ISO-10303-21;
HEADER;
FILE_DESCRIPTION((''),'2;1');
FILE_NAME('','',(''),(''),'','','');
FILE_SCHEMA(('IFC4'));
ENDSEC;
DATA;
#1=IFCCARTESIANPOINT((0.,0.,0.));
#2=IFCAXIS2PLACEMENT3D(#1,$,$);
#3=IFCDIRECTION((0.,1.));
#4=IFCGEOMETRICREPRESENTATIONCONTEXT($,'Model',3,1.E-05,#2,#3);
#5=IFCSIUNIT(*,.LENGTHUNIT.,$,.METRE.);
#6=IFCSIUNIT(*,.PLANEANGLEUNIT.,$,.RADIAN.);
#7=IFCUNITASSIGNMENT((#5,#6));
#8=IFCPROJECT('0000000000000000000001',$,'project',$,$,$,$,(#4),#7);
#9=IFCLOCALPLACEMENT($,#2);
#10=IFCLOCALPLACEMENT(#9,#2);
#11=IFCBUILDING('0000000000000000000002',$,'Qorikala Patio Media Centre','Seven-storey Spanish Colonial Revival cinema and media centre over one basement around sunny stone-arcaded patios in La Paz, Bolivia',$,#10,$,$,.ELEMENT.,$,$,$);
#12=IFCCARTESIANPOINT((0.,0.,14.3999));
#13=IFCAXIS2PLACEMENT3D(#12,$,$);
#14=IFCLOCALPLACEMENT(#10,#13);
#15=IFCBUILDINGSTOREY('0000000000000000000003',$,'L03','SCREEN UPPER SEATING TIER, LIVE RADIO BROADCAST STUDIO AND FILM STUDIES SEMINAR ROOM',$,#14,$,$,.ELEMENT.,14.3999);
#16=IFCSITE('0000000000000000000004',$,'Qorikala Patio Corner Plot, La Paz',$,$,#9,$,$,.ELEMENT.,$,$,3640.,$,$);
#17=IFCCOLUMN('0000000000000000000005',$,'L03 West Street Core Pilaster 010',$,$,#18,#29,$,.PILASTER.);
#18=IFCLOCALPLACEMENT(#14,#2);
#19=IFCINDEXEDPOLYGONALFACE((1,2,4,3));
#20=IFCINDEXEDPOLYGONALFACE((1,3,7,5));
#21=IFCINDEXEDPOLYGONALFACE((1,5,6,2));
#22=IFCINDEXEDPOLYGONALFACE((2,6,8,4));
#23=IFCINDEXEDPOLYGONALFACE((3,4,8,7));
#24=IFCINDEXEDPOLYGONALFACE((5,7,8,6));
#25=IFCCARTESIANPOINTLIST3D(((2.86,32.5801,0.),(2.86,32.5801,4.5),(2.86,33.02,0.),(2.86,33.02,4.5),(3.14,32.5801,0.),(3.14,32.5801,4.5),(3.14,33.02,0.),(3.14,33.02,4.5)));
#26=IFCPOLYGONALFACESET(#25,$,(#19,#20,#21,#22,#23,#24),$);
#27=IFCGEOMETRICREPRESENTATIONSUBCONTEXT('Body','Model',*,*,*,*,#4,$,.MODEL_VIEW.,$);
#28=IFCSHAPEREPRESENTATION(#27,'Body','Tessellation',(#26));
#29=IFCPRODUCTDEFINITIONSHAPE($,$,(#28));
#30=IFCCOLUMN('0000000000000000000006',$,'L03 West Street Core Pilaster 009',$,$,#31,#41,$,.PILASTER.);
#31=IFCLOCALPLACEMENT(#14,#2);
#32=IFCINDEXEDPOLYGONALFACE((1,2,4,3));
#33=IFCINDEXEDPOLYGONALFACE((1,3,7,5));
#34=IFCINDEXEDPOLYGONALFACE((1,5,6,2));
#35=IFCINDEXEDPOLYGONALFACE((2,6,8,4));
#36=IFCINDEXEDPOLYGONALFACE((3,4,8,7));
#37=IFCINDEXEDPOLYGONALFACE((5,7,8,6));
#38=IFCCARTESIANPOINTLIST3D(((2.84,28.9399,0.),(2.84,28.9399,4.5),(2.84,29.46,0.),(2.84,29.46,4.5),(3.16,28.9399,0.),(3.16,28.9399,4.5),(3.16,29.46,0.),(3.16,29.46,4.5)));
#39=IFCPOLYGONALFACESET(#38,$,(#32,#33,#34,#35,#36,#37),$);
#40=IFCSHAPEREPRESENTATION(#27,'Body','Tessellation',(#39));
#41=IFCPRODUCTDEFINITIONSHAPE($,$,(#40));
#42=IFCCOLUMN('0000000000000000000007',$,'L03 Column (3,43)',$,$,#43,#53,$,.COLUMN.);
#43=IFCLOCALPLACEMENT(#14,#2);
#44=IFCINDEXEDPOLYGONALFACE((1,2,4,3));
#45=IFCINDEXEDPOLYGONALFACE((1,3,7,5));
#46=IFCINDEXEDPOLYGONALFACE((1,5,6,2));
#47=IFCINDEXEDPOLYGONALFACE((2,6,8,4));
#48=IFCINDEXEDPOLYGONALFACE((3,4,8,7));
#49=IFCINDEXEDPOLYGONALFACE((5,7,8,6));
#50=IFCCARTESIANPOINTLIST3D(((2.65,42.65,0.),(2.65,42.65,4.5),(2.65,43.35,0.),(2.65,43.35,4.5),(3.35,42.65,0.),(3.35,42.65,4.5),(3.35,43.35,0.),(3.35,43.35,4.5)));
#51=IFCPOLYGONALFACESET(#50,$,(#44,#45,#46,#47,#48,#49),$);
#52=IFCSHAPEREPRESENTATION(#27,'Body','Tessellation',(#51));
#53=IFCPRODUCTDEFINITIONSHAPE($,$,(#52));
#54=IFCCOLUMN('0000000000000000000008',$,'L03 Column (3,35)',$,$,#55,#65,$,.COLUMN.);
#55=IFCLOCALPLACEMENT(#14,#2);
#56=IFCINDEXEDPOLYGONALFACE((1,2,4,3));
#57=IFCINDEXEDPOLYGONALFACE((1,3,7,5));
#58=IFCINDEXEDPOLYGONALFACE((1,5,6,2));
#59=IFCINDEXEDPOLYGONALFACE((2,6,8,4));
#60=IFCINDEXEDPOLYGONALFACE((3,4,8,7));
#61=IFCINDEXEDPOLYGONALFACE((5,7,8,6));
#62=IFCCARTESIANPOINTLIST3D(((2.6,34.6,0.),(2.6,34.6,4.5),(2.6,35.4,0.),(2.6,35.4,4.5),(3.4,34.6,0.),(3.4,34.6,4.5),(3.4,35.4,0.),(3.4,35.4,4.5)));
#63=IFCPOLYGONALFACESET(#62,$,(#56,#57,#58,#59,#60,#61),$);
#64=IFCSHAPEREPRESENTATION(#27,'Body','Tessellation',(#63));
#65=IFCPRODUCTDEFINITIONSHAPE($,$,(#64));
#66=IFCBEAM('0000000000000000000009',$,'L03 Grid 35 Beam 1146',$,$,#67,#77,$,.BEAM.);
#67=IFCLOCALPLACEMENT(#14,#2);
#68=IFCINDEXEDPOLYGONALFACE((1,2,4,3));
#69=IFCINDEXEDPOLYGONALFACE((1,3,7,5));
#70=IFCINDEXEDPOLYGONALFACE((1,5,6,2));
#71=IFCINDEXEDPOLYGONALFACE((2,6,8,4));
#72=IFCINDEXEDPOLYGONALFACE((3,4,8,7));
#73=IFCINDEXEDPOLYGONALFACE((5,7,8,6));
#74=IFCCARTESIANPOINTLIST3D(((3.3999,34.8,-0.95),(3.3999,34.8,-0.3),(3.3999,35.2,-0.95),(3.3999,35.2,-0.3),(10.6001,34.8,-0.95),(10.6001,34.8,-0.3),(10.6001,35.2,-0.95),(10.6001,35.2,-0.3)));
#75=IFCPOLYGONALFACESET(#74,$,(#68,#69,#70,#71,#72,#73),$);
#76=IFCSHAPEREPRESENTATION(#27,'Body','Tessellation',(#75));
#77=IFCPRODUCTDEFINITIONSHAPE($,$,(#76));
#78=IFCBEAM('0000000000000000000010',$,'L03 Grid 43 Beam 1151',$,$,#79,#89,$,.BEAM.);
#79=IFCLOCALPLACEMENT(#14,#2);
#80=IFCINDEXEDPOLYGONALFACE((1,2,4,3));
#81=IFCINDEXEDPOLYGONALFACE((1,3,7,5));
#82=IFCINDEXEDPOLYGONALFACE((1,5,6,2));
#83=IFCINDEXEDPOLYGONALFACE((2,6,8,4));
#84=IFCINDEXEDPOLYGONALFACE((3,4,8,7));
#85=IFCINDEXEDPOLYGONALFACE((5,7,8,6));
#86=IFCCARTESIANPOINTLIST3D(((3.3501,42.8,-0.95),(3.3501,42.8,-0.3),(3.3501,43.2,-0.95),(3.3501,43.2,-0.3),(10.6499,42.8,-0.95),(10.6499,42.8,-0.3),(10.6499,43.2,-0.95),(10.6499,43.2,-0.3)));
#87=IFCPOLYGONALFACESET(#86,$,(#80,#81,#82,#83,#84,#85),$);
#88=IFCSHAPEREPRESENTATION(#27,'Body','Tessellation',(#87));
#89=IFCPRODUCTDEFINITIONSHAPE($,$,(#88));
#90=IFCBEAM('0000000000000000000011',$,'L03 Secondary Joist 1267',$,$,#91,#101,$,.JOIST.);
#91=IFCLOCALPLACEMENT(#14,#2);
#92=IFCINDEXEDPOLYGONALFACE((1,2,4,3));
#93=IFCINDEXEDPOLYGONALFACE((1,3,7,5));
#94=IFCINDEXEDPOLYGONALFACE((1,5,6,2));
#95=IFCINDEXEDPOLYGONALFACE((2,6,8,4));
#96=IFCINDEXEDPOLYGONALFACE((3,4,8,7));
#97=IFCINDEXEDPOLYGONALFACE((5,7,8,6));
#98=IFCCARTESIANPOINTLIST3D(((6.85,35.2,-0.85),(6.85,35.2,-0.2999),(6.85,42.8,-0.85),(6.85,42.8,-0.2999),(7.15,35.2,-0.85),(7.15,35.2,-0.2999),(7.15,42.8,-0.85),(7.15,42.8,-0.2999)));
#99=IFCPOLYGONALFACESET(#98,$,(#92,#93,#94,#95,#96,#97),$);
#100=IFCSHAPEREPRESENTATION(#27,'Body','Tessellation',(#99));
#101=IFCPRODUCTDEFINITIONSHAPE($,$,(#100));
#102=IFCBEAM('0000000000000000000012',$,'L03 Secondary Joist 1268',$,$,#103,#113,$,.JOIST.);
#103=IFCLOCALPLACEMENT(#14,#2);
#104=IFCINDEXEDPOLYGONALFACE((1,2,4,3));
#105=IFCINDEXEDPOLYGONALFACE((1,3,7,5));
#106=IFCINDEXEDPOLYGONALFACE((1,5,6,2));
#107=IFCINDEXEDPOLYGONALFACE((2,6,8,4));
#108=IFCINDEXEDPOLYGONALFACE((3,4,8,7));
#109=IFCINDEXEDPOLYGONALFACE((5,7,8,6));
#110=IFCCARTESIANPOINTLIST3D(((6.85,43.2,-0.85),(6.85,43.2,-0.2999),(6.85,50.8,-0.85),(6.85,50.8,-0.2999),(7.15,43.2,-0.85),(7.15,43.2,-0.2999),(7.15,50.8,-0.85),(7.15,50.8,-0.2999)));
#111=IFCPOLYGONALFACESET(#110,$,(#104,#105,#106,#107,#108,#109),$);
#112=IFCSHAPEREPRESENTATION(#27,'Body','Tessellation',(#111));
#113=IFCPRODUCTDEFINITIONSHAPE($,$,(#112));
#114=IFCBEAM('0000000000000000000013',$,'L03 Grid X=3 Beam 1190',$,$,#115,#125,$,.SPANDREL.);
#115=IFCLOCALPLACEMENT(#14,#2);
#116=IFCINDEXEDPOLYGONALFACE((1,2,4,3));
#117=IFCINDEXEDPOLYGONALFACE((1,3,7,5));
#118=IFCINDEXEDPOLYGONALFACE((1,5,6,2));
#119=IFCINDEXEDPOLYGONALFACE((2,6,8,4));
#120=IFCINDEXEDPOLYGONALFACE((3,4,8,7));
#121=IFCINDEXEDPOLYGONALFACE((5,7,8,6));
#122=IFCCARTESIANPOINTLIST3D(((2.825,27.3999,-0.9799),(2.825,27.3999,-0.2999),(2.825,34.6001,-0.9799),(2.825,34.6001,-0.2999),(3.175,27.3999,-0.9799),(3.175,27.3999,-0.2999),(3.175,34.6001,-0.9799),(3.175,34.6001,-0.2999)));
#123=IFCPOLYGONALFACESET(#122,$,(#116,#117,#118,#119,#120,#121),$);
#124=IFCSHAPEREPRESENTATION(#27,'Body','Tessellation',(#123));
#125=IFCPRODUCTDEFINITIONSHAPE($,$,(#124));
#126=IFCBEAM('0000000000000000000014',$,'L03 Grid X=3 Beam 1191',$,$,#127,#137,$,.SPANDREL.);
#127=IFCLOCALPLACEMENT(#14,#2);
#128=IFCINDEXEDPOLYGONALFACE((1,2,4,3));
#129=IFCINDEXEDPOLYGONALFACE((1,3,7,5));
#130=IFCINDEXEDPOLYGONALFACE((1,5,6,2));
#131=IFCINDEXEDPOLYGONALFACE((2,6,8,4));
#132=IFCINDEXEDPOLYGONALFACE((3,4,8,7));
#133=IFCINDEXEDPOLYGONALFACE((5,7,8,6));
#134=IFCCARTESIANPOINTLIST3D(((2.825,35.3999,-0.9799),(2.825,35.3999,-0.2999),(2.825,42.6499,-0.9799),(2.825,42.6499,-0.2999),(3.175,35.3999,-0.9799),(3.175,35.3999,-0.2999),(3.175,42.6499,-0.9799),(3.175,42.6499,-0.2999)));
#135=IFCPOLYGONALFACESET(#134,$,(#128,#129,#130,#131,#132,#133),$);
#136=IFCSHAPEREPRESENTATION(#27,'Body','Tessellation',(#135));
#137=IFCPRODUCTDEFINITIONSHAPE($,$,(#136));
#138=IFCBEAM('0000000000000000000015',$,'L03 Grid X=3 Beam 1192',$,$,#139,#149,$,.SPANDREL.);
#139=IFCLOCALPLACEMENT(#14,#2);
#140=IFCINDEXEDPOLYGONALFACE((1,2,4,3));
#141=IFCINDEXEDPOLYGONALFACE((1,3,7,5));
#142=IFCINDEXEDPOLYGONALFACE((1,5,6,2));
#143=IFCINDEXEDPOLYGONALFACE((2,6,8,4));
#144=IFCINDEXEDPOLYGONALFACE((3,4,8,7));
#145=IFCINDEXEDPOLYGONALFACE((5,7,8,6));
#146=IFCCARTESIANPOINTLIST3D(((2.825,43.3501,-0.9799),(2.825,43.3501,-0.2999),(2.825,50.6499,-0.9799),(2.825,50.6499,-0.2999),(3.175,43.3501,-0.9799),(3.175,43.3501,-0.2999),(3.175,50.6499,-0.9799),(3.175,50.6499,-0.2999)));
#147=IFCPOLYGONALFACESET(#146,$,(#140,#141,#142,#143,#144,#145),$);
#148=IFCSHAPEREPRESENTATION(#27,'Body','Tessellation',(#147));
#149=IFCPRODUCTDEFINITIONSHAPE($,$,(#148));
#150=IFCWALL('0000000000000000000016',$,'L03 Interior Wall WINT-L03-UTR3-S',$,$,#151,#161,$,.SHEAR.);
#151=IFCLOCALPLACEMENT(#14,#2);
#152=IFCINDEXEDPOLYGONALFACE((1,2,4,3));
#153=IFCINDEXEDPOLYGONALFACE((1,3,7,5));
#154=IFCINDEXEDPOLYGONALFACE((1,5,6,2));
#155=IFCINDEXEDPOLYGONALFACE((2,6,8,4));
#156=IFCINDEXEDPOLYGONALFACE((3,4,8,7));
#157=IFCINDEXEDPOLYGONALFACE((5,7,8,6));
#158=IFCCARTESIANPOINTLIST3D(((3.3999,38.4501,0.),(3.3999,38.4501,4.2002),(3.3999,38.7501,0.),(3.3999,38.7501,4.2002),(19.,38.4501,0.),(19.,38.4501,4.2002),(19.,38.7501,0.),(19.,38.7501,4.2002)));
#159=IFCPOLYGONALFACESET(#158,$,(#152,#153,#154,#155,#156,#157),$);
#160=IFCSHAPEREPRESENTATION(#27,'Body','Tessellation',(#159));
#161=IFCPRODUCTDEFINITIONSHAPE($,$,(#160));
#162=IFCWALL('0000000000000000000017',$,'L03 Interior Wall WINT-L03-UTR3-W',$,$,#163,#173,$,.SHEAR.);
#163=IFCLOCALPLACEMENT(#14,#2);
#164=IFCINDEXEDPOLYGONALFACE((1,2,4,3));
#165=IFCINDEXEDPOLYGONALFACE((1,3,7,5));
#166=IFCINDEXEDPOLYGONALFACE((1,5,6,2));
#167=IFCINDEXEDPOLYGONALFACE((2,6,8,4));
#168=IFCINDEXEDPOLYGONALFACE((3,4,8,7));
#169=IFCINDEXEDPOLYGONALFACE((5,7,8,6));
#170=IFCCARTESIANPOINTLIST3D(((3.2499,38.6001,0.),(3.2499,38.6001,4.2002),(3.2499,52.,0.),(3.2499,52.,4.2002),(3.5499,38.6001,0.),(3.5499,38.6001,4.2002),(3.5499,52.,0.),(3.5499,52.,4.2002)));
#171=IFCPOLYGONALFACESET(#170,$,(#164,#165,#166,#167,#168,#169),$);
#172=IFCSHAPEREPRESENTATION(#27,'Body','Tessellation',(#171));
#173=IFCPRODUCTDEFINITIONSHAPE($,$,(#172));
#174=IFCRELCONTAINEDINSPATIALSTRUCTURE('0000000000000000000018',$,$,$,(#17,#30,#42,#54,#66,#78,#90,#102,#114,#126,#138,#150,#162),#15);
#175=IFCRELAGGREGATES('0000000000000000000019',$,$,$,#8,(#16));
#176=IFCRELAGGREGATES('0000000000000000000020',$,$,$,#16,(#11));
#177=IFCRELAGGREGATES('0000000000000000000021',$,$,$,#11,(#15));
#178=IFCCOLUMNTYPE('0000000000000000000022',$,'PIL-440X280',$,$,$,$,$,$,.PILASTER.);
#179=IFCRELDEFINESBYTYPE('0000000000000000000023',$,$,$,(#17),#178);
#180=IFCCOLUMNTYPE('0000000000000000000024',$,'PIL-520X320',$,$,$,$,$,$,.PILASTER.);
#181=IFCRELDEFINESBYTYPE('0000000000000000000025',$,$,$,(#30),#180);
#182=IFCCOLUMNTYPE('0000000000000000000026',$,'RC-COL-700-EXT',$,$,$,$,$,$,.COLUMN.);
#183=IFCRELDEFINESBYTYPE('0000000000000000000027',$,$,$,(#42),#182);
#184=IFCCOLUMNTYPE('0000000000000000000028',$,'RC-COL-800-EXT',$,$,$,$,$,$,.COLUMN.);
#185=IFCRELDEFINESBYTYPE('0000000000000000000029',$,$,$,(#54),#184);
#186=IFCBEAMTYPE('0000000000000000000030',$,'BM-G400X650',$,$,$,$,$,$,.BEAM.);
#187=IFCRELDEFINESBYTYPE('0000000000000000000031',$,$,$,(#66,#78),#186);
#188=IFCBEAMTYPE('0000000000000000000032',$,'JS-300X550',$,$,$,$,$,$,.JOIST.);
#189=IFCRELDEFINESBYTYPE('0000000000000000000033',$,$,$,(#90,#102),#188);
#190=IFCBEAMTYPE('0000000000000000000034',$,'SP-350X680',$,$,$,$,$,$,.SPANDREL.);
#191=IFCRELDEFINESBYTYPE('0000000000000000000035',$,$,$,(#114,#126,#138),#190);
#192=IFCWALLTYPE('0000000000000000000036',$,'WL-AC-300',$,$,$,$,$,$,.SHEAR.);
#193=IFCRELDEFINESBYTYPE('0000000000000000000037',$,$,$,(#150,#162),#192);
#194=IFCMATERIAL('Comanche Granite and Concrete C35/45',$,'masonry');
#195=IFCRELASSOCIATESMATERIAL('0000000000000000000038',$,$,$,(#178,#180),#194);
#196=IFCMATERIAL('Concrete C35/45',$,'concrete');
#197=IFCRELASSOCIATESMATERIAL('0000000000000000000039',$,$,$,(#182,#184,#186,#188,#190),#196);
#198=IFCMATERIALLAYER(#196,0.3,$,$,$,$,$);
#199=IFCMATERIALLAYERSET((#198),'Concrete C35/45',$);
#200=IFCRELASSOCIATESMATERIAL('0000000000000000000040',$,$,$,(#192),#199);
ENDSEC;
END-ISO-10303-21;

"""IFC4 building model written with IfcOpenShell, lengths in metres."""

from ifc_helpers import new_model, si_unit, direction, frame, frame_2d, origin, origin_2d, place, context, subcontext, project, spatial, rectangle, extrude, material, layer, layer_set, material_profile, profile_set, type_object, element, save


model = new_model("IFC4")

# Units and contexts
model_context = context("Model", 3, precision=1e-05, world=origin(), true_north=direction((0.0, 1.0)))
body_context = subcontext(model_context, "Body", "Model", "MODEL_VIEW")
ifc_project = project(units=[si_unit("LENGTHUNIT", "METRE"), si_unit("PLANEANGLEUNIT", "RADIAN")], contexts=[model_context])

# Site, building, storey
site_placement = place(None, origin())
site = spatial("IfcSite", under=ifc_project, at=site_placement, Name="Qorikala Patio Corner Plot, La Paz", CompositionType="ELEMENT", RefElevation=3640.0)
building_placement = place(site_placement, origin())
building = spatial("IfcBuilding", under=site, at=building_placement, Name="Qorikala Patio Media Centre", Description="Seven-storey Spanish Colonial Revival cinema and media centre over one basement around sunny stone-arcaded patios in La Paz, Bolivia", CompositionType="ELEMENT")
storey_placement = place(building_placement, frame((0.0, 0.0, 14.3999)))
storey = spatial("IfcBuildingStorey", under=building, at=storey_placement, Name="L03", Description="SCREEN UPPER SEATING TIER, LIVE RADIO BROADCAST STUDIO AND FILM STUDIES SEMINAR ROOM", CompositionType="ELEMENT", Elevation=14.3999)

# Columns
ifc_material_1 = material(Name="Comanche Granite and Concrete C35/45", Category="masonry")
ifc_material_profile_1 = material_profile(ifc_material_1, rectangle(XDim=0.4399, YDim=0.28, at=origin_2d()), Name="PIL 440x280")
ifc_profile_set_1 = profile_set([ifc_material_profile_1], Name="Comanche Granite and Concrete C35/45")
column_type_1 = type_object("IfcColumnType", Name="PIL-440X280", PredefinedType="PILASTER", material=ifc_profile_set_1)
column_1_placement = place(storey_placement, frame((3.0, 32.8, 0.0), z_axis=(0.0, 0.0, 1.0), x_axis=(0.0, 1.0, 0.0)))
element("IfcColumn", 1, at=column_1_placement, inside=storey, type_object=column_type_1, Name="L03 West Street Core Pilaster 010", PredefinedType="PILASTER", context=body_context, shape_type="SweptSolid", body=[
    extrude(rectangle(XDim=0.4399, YDim=0.28, at=origin_2d()), origin(), (0.0, 0.0, 1.0), 4.5),
])
ifc_material_profile_2 = material_profile(ifc_material_1, rectangle(XDim=0.52, YDim=0.3201, at=origin_2d()), Name="PIL 520x320")
ifc_profile_set_2 = profile_set([ifc_material_profile_2], Name="Comanche Granite and Concrete C35/45")
column_type_2 = type_object("IfcColumnType", Name="PIL-520X320", PredefinedType="PILASTER", material=ifc_profile_set_2)
column_2_placement = place(storey_placement, frame((3.0, 29.2, 0.0), z_axis=(0.0, 0.0, 1.0), x_axis=(0.0, 1.0, 0.0)))
element("IfcColumn", 2, at=column_2_placement, inside=storey, type_object=column_type_2, Name="L03 West Street Core Pilaster 009", PredefinedType="PILASTER", context=body_context, shape_type="SweptSolid", body=[
    extrude(rectangle(XDim=0.52, YDim=0.3201, at=origin_2d()), origin(), (0.0, 0.0, 1.0), 4.5),
])
ifc_material_2 = material(Name="Concrete C35/45", Category="concrete")
ifc_material_profile_3 = material_profile(ifc_material_2, rectangle(XDim=0.7, YDim=0.7, at=origin_2d()), Name="RC 700x700")
ifc_profile_set_3 = profile_set([ifc_material_profile_3], Name="Concrete C35/45")
column_type_3 = type_object("IfcColumnType", Name="RC-COL-700-EXT", PredefinedType="COLUMN", material=ifc_profile_set_3)
column_3_placement = place(storey_placement, frame((3.0, 43.0, 0.0), z_axis=(0.0, 0.0, 1.0), x_axis=(1.0, 0.0, 0.0)))
element("IfcColumn", 3, at=column_3_placement, inside=storey, type_object=column_type_3, Name="L03 Column (3,43)", PredefinedType="COLUMN", context=body_context, shape_type="SweptSolid", body=[
    extrude(rectangle(XDim=0.7, YDim=0.7, at=origin_2d()), origin(), (0.0, 0.0, 1.0), 4.5),
])
ifc_material_profile_4 = material_profile(ifc_material_2, rectangle(XDim=0.8, YDim=0.8, at=origin_2d()), Name="RC 800x800")
ifc_profile_set_4 = profile_set([ifc_material_profile_4], Name="Concrete C35/45")
column_type_4 = type_object("IfcColumnType", Name="RC-COL-800-EXT", PredefinedType="COLUMN", material=ifc_profile_set_4)
column_4_placement = place(storey_placement, frame((3.0, 35.0, 0.0), z_axis=(0.0, 0.0, 1.0), x_axis=(1.0, 0.0, 0.0)))
element("IfcColumn", 4, at=column_4_placement, inside=storey, type_object=column_type_4, Name="L03 Column (3,35)", PredefinedType="COLUMN", context=body_context, shape_type="SweptSolid", body=[
    extrude(rectangle(XDim=0.8, YDim=0.8, at=origin_2d()), origin(), (0.0, 0.0, 1.0), 4.5),
])

# Beams
ifc_material_profile_5 = material_profile(ifc_material_2, rectangle(XDim=0.3999, YDim=0.6499, at=origin_2d()), Name="RC 400x650")
ifc_profile_set_5 = profile_set([ifc_material_profile_5], Name="Concrete C35/45")
beam_type_1 = type_object("IfcBeamType", Name="BM-G400X650", PredefinedType="BEAM", material=ifc_profile_set_5)
beam_1_placement = place(storey_placement, frame((3.3999, 35.0, -0.625), z_axis=(1.0, 0.0, 0.0), x_axis=(0.0, 1.0, 0.0)))
element("IfcBeam", 5, at=beam_1_placement, inside=storey, type_object=beam_type_1, Name="L03 Grid 35 Beam 1146", PredefinedType="BEAM", context=body_context, shape_type="SweptSolid", body=[
    extrude(rectangle(XDim=0.3999, YDim=0.6499, at=origin_2d()), origin(), (0.0, 0.0, 1.0), 7.2002),
])
beam_2_placement = place(storey_placement, frame((3.3501, 43.0, -0.625), z_axis=(1.0, 0.0, 0.0), x_axis=(0.0, 1.0, 0.0)))
element("IfcBeam", 6, at=beam_2_placement, inside=storey, type_object=beam_type_1, Name="L03 Grid 43 Beam 1151", PredefinedType="BEAM", context=body_context, shape_type="SweptSolid", body=[
    extrude(rectangle(XDim=0.3999, YDim=0.6499, at=origin_2d()), origin(), (0.0, 0.0, 1.0), 7.2998),
])
ifc_material_profile_6 = material_profile(ifc_material_2, rectangle(XDim=0.3, YDim=0.55, at=origin_2d()), Name="RC 300x550")
ifc_profile_set_6 = profile_set([ifc_material_profile_6], Name="Concrete C35/45")
beam_type_2 = type_object("IfcBeamType", Name="JS-300X550", PredefinedType="JOIST", material=ifc_profile_set_6)
for number, where, z_axis, x_axis, name in (
    (7, (7.0, 35.2, -0.575), (0.0, 1.0, 0.0), (-1.0, 0.0, 0.0), "L03 Secondary Joist 1267"),
    (8, (7.0, 43.2, -0.575), (0.0, 1.0, 0.0), (-1.0, 0.0, 0.0), "L03 Secondary Joist 1268"),
):
    element("IfcBeam", number, at=place(storey_placement, frame(where, z_axis=z_axis, x_axis=x_axis)), inside=storey, type_object=beam_type_2, Name=name, PredefinedType="JOIST", context=body_context, shape_type="SweptSolid", body=[
        extrude(rectangle(XDim=0.3, YDim=0.55, at=origin_2d()), origin(), (0.0, 0.0, 1.0), 7.6001),
    ])
ifc_material_profile_7 = material_profile(ifc_material_2, rectangle(XDim=0.3501, YDim=0.6799, at=origin_2d()), Name="RC 350x680")
ifc_profile_set_7 = profile_set([ifc_material_profile_7], Name="Concrete C35/45")
beam_type_3 = type_object("IfcBeamType", Name="SP-350X680", PredefinedType="SPANDREL", material=ifc_profile_set_7)
beam_3_placement = place(storey_placement, frame((3.0, 27.3999, -0.6399), z_axis=(0.0, 1.0, 0.0), x_axis=(-1.0, 0.0, 0.0)))
element("IfcBeam", 9, at=beam_3_placement, inside=storey, type_object=beam_type_3, Name="L03 Grid X=3 Beam 1190", PredefinedType="SPANDREL", context=body_context, shape_type="SweptSolid", body=[
    extrude(rectangle(XDim=0.3501, YDim=0.6799, at=origin_2d()), origin(), (0.0, 0.0, 1.0), 7.2002),
])
beam_4_placement = place(storey_placement, frame((3.0, 35.3999, -0.6399), z_axis=(0.0, 1.0, 0.0), x_axis=(-1.0, 0.0, 0.0)))
element("IfcBeam", 10, at=beam_4_placement, inside=storey, type_object=beam_type_3, Name="L03 Grid X=3 Beam 1191", PredefinedType="SPANDREL", context=body_context, shape_type="SweptSolid", body=[
    extrude(rectangle(XDim=0.3501, YDim=0.6799, at=origin_2d()), origin(), (0.0, 0.0, 1.0), 7.25),
])
beam_5_placement = place(storey_placement, frame((3.0, 43.3501, -0.6399), z_axis=(0.0, 1.0, 0.0), x_axis=(-1.0, 0.0, 0.0)))
element("IfcBeam", 11, at=beam_5_placement, inside=storey, type_object=beam_type_3, Name="L03 Grid X=3 Beam 1192", PredefinedType="SPANDREL", context=body_context, shape_type="SweptSolid", body=[
    extrude(rectangle(XDim=0.3501, YDim=0.6799, at=origin_2d()), origin(), (0.0, 0.0, 1.0), 7.2998),
])

# Walls
ifc_layer_1 = layer(ifc_material_2, 0.3)
ifc_layer_set_1 = layer_set([ifc_layer_1], Name="Concrete C35/45")
wall_type_1 = type_object("IfcWallType", Name="WL-AC-300", PredefinedType="SHEAR", material=ifc_layer_set_1)
wall_1_placement = place(storey_placement, frame((3.3999, 38.6001, 0.0), z_axis=(0.0, 0.0, 1.0), x_axis=(1.0, 0.0, 0.0)))
element("IfcWall", 12, at=wall_1_placement, inside=storey, type_object=wall_type_1, Name="L03 Interior Wall WINT-L03-UTR3-S", PredefinedType="SHEAR", context=body_context, shape_type="SweptSolid", body=[
    extrude(rectangle(XDim=15.6001, YDim=0.3, at=frame_2d((7.8, 0.0))), origin(), (0.0, 0.0, 1.0), 4.2002),
])
wall_2_placement = place(storey_placement, frame((3.3999, 38.6001, 0.0), z_axis=(0.0, 0.0, 1.0), x_axis=(0.0, 1.0, 0.0)))
element("IfcWall", 13, at=wall_2_placement, inside=storey, type_object=wall_type_1, Name="L03 Interior Wall WINT-L03-UTR3-W", PredefinedType="SHEAR", context=body_context, shape_type="SweptSolid", body=[
    extrude(rectangle(XDim=13.3999, YDim=0.3, at=frame_2d((6.7, 0.0))), origin(), (0.0, 0.0, 1.0), 4.2002),
])

save(model, "model.ifc")
